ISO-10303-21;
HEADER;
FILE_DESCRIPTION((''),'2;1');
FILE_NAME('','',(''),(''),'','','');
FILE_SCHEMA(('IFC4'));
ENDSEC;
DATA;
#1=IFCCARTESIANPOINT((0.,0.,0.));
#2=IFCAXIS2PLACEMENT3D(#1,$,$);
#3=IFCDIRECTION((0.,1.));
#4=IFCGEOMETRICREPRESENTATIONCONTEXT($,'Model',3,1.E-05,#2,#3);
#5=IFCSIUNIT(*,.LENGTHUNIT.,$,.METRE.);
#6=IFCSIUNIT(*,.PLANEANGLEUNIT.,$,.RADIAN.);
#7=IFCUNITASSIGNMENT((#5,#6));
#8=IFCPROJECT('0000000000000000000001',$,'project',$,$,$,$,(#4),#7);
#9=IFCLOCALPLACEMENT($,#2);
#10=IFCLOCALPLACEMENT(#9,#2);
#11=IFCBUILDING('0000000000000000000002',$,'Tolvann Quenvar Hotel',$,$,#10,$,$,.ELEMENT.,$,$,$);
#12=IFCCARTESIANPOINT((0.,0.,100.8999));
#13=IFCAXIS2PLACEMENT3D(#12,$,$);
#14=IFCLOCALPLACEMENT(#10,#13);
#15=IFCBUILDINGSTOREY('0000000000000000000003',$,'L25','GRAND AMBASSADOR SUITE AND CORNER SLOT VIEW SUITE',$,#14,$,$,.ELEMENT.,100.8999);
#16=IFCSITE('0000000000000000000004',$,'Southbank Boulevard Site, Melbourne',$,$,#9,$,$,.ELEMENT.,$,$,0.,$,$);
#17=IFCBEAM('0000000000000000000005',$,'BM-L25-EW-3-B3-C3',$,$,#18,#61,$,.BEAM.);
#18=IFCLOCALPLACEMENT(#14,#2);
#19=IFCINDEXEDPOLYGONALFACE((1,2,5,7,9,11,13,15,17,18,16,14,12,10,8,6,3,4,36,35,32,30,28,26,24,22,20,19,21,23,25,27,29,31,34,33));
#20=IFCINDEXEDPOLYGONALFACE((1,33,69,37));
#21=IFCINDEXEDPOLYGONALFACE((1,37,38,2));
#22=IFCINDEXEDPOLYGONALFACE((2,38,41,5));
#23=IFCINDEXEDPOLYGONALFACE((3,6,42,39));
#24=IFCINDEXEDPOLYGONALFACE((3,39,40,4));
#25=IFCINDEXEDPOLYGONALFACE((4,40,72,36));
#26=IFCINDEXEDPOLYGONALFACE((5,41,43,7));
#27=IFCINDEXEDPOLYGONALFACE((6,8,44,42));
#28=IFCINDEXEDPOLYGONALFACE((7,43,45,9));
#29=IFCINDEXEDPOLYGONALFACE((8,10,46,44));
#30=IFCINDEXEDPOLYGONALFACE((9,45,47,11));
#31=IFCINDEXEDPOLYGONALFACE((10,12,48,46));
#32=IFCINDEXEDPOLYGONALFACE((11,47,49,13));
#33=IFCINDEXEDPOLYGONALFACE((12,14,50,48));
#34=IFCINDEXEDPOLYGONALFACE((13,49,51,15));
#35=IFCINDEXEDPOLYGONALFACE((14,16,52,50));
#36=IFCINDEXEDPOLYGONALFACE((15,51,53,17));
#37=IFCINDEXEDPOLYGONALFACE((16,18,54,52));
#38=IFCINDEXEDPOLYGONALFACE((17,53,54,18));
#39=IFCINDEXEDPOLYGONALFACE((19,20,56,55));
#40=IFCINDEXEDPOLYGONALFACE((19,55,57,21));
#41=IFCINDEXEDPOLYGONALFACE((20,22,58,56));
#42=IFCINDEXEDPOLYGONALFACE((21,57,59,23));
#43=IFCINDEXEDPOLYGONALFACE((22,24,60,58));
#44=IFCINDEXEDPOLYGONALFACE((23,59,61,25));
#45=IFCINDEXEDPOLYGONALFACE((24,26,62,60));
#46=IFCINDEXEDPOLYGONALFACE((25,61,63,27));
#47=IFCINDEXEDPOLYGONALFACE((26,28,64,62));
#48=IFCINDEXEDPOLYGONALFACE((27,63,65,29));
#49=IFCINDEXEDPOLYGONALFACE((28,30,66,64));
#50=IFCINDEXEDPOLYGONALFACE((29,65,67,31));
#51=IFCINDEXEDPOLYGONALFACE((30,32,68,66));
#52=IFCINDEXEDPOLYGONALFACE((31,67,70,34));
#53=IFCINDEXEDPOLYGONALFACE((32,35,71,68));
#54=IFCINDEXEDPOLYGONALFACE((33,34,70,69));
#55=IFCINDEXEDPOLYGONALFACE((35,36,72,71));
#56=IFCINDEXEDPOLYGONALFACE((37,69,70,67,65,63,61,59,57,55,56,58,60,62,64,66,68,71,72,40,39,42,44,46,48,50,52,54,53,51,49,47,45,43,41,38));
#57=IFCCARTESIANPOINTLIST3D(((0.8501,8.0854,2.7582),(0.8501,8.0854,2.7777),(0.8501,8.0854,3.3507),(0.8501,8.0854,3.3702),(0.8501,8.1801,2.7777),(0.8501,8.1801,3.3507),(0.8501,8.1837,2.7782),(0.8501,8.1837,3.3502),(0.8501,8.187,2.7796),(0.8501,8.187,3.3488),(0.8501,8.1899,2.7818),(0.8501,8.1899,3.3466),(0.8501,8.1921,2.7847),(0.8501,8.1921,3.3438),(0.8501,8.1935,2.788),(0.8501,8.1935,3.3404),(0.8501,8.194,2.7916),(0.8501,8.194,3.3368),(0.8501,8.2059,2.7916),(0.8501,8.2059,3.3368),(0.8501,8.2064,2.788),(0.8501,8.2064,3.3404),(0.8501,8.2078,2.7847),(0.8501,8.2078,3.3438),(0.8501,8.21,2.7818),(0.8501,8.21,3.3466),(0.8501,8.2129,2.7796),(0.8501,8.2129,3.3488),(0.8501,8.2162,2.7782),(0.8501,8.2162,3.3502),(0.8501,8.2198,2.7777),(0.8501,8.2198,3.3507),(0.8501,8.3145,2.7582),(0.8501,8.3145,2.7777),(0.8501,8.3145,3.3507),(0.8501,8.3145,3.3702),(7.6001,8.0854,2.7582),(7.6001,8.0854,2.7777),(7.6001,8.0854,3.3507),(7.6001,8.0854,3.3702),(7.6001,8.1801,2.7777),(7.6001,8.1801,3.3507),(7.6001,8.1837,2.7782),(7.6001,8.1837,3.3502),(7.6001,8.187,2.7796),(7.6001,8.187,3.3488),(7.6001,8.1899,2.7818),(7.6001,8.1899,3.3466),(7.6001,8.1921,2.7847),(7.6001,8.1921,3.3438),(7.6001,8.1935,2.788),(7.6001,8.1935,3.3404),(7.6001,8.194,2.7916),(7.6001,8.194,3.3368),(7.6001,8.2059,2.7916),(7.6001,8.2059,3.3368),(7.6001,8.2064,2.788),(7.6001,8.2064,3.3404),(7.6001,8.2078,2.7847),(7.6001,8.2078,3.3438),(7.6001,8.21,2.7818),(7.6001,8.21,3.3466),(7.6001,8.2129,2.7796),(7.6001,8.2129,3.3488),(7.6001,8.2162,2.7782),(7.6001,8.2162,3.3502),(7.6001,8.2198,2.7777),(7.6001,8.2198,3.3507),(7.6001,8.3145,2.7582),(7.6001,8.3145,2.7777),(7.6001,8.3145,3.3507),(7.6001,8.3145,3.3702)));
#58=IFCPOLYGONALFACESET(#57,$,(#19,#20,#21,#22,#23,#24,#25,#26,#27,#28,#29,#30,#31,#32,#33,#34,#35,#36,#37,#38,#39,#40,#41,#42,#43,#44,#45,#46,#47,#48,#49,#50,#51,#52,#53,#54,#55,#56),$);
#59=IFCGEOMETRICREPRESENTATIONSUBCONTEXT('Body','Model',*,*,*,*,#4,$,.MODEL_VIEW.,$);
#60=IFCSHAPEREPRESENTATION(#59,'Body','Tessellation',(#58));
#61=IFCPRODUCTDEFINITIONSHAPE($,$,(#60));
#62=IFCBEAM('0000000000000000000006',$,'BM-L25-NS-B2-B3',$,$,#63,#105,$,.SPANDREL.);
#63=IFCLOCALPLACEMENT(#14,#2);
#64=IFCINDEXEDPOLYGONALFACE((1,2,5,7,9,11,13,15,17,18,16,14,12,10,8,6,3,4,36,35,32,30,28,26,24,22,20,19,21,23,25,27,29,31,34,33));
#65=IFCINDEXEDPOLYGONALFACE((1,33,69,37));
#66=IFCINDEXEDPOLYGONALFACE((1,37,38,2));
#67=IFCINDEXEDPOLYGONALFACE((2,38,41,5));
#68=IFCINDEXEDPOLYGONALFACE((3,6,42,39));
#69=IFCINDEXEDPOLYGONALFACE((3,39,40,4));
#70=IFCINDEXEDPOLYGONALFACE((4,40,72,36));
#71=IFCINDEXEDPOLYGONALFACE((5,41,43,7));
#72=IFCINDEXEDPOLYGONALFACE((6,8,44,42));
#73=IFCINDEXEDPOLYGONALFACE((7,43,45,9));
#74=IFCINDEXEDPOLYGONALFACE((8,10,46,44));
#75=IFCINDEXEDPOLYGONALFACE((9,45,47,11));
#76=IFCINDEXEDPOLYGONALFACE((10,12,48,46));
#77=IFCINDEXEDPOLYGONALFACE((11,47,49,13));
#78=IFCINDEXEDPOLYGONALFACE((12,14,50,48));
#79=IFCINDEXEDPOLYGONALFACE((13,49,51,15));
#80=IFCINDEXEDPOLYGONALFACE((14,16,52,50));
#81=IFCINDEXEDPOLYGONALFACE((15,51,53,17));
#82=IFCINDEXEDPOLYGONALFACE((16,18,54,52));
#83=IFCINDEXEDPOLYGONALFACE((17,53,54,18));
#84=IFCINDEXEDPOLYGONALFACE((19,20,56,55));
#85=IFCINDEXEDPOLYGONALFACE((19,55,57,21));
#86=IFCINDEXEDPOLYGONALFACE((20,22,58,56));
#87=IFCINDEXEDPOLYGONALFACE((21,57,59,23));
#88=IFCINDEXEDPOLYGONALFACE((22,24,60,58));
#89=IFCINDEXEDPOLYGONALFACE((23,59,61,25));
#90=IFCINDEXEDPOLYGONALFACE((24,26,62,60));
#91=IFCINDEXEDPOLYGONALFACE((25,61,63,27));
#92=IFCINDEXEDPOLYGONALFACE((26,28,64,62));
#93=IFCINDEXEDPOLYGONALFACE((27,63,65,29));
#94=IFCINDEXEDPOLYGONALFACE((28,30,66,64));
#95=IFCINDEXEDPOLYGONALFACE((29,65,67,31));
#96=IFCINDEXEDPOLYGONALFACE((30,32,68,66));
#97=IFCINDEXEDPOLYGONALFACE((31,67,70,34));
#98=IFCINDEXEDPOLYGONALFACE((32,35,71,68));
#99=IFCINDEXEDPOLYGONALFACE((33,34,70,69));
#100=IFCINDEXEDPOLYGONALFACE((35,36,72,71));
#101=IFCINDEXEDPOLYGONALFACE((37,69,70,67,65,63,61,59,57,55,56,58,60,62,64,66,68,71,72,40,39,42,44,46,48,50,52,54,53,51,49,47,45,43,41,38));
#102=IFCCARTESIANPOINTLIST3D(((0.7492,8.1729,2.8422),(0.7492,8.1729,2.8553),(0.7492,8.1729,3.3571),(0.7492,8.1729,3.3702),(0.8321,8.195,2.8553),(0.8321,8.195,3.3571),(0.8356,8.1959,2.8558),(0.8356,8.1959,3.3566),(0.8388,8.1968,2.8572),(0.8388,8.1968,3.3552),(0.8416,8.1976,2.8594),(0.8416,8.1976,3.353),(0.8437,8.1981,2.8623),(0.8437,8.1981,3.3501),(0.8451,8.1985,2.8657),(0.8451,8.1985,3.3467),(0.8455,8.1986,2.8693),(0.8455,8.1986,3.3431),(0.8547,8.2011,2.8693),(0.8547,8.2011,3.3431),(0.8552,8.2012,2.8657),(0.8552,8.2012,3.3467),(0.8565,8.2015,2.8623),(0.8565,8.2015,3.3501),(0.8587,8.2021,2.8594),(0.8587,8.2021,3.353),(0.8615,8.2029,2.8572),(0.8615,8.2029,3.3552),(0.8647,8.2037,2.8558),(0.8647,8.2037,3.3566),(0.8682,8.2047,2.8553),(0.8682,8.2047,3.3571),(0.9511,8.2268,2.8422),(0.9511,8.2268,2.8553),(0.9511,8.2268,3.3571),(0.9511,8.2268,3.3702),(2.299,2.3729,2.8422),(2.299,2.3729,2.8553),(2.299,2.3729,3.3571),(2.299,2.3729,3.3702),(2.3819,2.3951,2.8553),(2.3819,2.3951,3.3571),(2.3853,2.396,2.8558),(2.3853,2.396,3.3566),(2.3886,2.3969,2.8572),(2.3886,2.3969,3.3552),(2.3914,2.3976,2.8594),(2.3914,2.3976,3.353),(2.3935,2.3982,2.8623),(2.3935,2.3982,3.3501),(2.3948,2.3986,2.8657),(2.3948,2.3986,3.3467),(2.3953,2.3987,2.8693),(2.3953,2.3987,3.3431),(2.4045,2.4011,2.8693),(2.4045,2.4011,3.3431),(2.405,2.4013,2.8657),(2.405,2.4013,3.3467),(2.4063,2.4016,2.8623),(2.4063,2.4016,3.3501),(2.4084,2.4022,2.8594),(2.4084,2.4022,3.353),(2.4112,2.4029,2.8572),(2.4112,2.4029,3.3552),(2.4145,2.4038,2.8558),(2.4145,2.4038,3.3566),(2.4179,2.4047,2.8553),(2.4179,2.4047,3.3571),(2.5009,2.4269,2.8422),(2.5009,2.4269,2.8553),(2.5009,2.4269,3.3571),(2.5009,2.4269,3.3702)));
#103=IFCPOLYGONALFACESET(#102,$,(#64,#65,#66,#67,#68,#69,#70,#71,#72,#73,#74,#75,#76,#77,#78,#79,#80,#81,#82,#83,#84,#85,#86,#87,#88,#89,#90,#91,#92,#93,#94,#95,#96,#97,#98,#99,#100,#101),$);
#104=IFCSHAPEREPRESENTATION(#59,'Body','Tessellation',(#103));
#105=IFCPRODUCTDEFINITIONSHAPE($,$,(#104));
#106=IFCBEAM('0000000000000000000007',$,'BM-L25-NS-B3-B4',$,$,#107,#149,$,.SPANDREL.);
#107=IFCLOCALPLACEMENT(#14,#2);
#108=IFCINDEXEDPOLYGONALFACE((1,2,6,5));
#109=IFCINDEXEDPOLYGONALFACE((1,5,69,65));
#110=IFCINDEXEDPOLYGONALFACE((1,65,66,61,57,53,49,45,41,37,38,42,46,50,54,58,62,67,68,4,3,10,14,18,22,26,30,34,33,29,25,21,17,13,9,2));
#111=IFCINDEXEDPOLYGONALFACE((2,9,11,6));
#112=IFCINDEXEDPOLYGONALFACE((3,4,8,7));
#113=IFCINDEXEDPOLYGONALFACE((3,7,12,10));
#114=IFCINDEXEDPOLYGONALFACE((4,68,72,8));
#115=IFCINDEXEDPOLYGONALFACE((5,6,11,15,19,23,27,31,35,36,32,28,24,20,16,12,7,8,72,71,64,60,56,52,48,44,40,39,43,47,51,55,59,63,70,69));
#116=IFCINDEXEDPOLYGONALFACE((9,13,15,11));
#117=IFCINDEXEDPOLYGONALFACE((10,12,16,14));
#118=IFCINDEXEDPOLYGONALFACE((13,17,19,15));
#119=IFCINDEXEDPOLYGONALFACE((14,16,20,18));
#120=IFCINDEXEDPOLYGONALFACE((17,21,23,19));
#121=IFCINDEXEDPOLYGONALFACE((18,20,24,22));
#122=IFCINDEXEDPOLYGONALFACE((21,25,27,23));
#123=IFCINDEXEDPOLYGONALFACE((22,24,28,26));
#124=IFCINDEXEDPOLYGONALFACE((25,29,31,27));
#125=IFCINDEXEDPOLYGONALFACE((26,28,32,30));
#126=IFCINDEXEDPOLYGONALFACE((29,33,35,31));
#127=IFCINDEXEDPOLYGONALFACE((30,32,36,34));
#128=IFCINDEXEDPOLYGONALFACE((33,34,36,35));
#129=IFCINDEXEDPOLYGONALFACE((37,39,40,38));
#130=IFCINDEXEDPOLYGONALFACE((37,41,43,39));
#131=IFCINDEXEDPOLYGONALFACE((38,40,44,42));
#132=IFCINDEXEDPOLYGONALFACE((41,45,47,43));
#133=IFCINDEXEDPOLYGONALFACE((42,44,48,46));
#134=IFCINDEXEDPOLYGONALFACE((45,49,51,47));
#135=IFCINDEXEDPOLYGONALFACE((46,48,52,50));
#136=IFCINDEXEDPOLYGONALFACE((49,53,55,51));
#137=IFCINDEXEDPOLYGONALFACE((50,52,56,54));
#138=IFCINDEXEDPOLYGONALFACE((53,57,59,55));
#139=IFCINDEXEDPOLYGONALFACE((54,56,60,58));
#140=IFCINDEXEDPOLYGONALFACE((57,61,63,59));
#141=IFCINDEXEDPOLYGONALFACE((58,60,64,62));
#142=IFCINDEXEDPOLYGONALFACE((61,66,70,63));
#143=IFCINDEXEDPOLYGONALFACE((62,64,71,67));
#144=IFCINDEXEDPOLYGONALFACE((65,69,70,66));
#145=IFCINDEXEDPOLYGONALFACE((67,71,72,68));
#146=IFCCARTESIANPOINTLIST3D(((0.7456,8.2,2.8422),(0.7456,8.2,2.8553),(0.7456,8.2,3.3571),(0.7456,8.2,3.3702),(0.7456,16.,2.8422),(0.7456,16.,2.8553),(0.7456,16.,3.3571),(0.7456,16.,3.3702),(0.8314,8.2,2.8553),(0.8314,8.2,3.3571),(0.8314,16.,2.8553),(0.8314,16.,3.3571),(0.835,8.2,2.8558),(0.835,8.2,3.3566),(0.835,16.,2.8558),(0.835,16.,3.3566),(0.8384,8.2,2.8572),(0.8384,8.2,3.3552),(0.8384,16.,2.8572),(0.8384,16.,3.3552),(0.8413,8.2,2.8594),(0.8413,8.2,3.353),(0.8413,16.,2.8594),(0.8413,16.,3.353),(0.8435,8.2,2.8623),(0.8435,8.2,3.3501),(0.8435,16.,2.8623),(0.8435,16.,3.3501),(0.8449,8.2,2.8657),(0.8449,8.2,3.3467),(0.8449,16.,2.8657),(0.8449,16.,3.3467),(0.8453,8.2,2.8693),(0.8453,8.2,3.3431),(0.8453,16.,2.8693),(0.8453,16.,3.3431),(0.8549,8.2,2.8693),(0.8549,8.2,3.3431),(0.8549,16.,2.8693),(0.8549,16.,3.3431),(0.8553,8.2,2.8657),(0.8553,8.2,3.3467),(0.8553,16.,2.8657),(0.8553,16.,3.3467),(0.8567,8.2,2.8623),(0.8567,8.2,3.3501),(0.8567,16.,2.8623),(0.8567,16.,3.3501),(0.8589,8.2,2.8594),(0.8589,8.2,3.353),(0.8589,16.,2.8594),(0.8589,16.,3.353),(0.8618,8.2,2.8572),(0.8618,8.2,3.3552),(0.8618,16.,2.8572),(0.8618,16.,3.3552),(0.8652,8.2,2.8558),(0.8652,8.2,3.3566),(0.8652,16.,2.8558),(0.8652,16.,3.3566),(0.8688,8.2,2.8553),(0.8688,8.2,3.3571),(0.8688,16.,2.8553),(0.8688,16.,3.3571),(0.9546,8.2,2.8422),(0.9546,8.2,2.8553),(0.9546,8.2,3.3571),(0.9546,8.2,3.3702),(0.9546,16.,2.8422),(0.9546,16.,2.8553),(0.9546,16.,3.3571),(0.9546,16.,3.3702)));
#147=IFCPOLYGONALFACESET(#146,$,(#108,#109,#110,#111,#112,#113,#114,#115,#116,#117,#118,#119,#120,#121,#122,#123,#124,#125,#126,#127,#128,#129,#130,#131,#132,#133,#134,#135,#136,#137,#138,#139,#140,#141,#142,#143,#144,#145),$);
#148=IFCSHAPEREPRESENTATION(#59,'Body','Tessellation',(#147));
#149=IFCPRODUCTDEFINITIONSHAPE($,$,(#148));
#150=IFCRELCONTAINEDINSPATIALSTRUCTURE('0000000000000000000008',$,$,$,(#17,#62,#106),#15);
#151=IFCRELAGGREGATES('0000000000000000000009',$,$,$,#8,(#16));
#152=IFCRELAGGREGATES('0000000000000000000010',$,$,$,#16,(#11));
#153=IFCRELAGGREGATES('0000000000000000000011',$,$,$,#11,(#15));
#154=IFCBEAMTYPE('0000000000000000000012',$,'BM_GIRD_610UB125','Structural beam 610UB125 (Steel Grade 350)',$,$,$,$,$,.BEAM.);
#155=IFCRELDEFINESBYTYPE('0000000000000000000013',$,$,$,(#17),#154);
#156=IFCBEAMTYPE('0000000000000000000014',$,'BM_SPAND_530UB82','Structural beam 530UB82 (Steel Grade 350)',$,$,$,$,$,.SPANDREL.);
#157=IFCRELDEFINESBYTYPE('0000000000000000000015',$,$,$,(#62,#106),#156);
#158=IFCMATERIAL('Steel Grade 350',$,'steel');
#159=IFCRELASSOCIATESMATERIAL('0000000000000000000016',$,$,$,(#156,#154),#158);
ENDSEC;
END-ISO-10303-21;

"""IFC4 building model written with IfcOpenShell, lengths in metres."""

from ifc_helpers import new_model, si_unit, direction, frame, origin, origin_2d, place, context, subcontext, project, spatial, i_section, extrude, source, transform, mapped, material, material_profile, profile_set, type_object, type_shapes, element, save


model = new_model("IFC4")

# Units and contexts
model_context = context("Model", 3, precision=1e-05, world=origin(), true_north=direction((0.0, 1.0)))
body_context = subcontext(model_context, "Body", "Model", "MODEL_VIEW")
ifc_project = project(units=[si_unit("LENGTHUNIT", "METRE"), si_unit("PLANEANGLEUNIT", "RADIAN")], contexts=[model_context])

# Site, building, storey
site_placement = place(None, origin())
site = spatial("IfcSite", under=ifc_project, at=site_placement, Name="Southbank Boulevard Site, Melbourne", CompositionType="ELEMENT", RefElevation=0.0)
building_placement = place(site_placement, origin())
building = spatial("IfcBuilding", under=site, at=building_placement, Name="Tolvann Quenvar Hotel", CompositionType="ELEMENT")
storey_placement = place(building_placement, frame((0.0, 0.0, 100.8999)))
storey = spatial("IfcBuildingStorey", under=building, at=storey_placement, Name="L25", Description="GRAND AMBASSADOR SUITE AND CORNER SLOT VIEW SUITE", CompositionType="ELEMENT", Elevation=100.8999)

# Shared definitions
ifc_material_1 = material(Name="Steel Grade 350", Category="steel")

# Beams
ifc_material_profile_1 = material_profile(ifc_material_1, i_section(OverallWidth=0.209, OverallDepth=0.5281, WebThickness=0.0095, FlangeThickness=0.0132, FilletRadius=0.0139, at=origin_2d()), Name="530UB82")
ifc_profile_set_1 = profile_set([ifc_material_profile_1], Name="Steel Grade 350")
beam_type_1 = type_object("IfcBeamType", Name="BM_SPAND_530UB82", Description="Structural beam 530UB82 (Steel Grade 350)", PredefinedType="SPANDREL", material=ifc_profile_set_1)
ifc_material_profile_2 = material_profile(ifc_material_1, i_section(OverallWidth=0.229, OverallDepth=0.6121, WebThickness=0.012, FlangeThickness=0.0195, FilletRadius=0.0139, at=origin_2d()), Name="610UB125")
ifc_profile_set_2 = profile_set([ifc_material_profile_2], Name="Steel Grade 350")
beam_type_2 = type_object("IfcBeamType", Name="BM_GIRD_610UB125", Description="Structural beam 610UB125 (Steel Grade 350)", PredefinedType="BEAM", material=ifc_profile_set_2)
shared_shape_1 = source(origin(), body_context, "Body", "SweptSolid", [
    extrude(i_section(OverallWidth=0.229, OverallDepth=0.6121, WebThickness=0.012, FlangeThickness=0.0195, FilletRadius=0.0139, at=origin_2d()), origin(), (0.0, 0.0, 1.0), 6.75),
])
type_shapes(beam_type_2, [shared_shape_1])
beam_1_placement = place(storey_placement, frame((0.8501, 8.2, 3.0642), z_axis=(1.0, 0.0, 0.0), x_axis=(0.0, 1.0, 0.0)))
element("IfcBeam", 1, at=beam_1_placement, inside=storey, type_object=beam_type_2, Name="BM-L25-EW-3-B3-C3", PredefinedType="BEAM", context=body_context, shape_type="MappedRepresentation", body=[
    mapped(shared_shape_1, transform((0.0, 0.0, 0.0), x_axis=(1.0, 0.0, 0.0), y_axis=(0.0, 1.0, 0.0), z_axis=(0.0, 0.0, 1.0), scale=1.0)),
])
shared_shape_2 = source(origin(), body_context, "Body", "SweptSolid", [
    extrude(i_section(OverallWidth=0.209, OverallDepth=0.5281, WebThickness=0.0095, FlangeThickness=0.0132, FilletRadius=0.0139, at=origin_2d()), origin(), (0.0, 0.0, 1.0), 6.0034),
])
beam_2_placement = place(storey_placement, frame((2.3999, 2.3999, 3.1062), z_axis=(-0.258149, 0.966105, 0.0), x_axis=(-0.966105, -0.258149, 0.0)))
element("IfcBeam", 2, at=beam_2_placement, inside=storey, type_object=beam_type_1, Name="BM-L25-NS-B2-B3", PredefinedType="SPANDREL", context=body_context, shape_type="MappedRepresentation", body=[
    mapped(shared_shape_2, transform((0.0, 0.0, 0.0), x_axis=(1.0, 0.0, 0.0), y_axis=(0.0, 1.0, 0.0), z_axis=(0.0, 0.0, 1.0), scale=1.0)),
])
shared_shape_3 = source(origin(), body_context, "Body", "SweptSolid", [
    extrude(i_section(OverallWidth=0.209, OverallDepth=0.5281, WebThickness=0.0095, FlangeThickness=0.0132, FilletRadius=0.0139, at=origin_2d()), origin(), (0.0, 0.0, 1.0), 7.8),
])
beam_3_placement = place(storey_placement, frame((0.8501, 8.2, 3.1062), z_axis=(0.0, 1.0, 0.0), x_axis=(-1.0, 0.0, 0.0)))
element("IfcBeam", 3, at=beam_3_placement, inside=storey, type_object=beam_type_1, Name="BM-L25-NS-B3-B4", PredefinedType="SPANDREL", context=body_context, shape_type="MappedRepresentation", body=[
    mapped(shared_shape_3, transform((0.0, 0.0, 0.0), x_axis=(1.0, 0.0, 0.0), y_axis=(0.0, 1.0, 0.0), z_axis=(0.0, 0.0, 1.0), scale=1.0)),
])

save(model, "model.ifc")
